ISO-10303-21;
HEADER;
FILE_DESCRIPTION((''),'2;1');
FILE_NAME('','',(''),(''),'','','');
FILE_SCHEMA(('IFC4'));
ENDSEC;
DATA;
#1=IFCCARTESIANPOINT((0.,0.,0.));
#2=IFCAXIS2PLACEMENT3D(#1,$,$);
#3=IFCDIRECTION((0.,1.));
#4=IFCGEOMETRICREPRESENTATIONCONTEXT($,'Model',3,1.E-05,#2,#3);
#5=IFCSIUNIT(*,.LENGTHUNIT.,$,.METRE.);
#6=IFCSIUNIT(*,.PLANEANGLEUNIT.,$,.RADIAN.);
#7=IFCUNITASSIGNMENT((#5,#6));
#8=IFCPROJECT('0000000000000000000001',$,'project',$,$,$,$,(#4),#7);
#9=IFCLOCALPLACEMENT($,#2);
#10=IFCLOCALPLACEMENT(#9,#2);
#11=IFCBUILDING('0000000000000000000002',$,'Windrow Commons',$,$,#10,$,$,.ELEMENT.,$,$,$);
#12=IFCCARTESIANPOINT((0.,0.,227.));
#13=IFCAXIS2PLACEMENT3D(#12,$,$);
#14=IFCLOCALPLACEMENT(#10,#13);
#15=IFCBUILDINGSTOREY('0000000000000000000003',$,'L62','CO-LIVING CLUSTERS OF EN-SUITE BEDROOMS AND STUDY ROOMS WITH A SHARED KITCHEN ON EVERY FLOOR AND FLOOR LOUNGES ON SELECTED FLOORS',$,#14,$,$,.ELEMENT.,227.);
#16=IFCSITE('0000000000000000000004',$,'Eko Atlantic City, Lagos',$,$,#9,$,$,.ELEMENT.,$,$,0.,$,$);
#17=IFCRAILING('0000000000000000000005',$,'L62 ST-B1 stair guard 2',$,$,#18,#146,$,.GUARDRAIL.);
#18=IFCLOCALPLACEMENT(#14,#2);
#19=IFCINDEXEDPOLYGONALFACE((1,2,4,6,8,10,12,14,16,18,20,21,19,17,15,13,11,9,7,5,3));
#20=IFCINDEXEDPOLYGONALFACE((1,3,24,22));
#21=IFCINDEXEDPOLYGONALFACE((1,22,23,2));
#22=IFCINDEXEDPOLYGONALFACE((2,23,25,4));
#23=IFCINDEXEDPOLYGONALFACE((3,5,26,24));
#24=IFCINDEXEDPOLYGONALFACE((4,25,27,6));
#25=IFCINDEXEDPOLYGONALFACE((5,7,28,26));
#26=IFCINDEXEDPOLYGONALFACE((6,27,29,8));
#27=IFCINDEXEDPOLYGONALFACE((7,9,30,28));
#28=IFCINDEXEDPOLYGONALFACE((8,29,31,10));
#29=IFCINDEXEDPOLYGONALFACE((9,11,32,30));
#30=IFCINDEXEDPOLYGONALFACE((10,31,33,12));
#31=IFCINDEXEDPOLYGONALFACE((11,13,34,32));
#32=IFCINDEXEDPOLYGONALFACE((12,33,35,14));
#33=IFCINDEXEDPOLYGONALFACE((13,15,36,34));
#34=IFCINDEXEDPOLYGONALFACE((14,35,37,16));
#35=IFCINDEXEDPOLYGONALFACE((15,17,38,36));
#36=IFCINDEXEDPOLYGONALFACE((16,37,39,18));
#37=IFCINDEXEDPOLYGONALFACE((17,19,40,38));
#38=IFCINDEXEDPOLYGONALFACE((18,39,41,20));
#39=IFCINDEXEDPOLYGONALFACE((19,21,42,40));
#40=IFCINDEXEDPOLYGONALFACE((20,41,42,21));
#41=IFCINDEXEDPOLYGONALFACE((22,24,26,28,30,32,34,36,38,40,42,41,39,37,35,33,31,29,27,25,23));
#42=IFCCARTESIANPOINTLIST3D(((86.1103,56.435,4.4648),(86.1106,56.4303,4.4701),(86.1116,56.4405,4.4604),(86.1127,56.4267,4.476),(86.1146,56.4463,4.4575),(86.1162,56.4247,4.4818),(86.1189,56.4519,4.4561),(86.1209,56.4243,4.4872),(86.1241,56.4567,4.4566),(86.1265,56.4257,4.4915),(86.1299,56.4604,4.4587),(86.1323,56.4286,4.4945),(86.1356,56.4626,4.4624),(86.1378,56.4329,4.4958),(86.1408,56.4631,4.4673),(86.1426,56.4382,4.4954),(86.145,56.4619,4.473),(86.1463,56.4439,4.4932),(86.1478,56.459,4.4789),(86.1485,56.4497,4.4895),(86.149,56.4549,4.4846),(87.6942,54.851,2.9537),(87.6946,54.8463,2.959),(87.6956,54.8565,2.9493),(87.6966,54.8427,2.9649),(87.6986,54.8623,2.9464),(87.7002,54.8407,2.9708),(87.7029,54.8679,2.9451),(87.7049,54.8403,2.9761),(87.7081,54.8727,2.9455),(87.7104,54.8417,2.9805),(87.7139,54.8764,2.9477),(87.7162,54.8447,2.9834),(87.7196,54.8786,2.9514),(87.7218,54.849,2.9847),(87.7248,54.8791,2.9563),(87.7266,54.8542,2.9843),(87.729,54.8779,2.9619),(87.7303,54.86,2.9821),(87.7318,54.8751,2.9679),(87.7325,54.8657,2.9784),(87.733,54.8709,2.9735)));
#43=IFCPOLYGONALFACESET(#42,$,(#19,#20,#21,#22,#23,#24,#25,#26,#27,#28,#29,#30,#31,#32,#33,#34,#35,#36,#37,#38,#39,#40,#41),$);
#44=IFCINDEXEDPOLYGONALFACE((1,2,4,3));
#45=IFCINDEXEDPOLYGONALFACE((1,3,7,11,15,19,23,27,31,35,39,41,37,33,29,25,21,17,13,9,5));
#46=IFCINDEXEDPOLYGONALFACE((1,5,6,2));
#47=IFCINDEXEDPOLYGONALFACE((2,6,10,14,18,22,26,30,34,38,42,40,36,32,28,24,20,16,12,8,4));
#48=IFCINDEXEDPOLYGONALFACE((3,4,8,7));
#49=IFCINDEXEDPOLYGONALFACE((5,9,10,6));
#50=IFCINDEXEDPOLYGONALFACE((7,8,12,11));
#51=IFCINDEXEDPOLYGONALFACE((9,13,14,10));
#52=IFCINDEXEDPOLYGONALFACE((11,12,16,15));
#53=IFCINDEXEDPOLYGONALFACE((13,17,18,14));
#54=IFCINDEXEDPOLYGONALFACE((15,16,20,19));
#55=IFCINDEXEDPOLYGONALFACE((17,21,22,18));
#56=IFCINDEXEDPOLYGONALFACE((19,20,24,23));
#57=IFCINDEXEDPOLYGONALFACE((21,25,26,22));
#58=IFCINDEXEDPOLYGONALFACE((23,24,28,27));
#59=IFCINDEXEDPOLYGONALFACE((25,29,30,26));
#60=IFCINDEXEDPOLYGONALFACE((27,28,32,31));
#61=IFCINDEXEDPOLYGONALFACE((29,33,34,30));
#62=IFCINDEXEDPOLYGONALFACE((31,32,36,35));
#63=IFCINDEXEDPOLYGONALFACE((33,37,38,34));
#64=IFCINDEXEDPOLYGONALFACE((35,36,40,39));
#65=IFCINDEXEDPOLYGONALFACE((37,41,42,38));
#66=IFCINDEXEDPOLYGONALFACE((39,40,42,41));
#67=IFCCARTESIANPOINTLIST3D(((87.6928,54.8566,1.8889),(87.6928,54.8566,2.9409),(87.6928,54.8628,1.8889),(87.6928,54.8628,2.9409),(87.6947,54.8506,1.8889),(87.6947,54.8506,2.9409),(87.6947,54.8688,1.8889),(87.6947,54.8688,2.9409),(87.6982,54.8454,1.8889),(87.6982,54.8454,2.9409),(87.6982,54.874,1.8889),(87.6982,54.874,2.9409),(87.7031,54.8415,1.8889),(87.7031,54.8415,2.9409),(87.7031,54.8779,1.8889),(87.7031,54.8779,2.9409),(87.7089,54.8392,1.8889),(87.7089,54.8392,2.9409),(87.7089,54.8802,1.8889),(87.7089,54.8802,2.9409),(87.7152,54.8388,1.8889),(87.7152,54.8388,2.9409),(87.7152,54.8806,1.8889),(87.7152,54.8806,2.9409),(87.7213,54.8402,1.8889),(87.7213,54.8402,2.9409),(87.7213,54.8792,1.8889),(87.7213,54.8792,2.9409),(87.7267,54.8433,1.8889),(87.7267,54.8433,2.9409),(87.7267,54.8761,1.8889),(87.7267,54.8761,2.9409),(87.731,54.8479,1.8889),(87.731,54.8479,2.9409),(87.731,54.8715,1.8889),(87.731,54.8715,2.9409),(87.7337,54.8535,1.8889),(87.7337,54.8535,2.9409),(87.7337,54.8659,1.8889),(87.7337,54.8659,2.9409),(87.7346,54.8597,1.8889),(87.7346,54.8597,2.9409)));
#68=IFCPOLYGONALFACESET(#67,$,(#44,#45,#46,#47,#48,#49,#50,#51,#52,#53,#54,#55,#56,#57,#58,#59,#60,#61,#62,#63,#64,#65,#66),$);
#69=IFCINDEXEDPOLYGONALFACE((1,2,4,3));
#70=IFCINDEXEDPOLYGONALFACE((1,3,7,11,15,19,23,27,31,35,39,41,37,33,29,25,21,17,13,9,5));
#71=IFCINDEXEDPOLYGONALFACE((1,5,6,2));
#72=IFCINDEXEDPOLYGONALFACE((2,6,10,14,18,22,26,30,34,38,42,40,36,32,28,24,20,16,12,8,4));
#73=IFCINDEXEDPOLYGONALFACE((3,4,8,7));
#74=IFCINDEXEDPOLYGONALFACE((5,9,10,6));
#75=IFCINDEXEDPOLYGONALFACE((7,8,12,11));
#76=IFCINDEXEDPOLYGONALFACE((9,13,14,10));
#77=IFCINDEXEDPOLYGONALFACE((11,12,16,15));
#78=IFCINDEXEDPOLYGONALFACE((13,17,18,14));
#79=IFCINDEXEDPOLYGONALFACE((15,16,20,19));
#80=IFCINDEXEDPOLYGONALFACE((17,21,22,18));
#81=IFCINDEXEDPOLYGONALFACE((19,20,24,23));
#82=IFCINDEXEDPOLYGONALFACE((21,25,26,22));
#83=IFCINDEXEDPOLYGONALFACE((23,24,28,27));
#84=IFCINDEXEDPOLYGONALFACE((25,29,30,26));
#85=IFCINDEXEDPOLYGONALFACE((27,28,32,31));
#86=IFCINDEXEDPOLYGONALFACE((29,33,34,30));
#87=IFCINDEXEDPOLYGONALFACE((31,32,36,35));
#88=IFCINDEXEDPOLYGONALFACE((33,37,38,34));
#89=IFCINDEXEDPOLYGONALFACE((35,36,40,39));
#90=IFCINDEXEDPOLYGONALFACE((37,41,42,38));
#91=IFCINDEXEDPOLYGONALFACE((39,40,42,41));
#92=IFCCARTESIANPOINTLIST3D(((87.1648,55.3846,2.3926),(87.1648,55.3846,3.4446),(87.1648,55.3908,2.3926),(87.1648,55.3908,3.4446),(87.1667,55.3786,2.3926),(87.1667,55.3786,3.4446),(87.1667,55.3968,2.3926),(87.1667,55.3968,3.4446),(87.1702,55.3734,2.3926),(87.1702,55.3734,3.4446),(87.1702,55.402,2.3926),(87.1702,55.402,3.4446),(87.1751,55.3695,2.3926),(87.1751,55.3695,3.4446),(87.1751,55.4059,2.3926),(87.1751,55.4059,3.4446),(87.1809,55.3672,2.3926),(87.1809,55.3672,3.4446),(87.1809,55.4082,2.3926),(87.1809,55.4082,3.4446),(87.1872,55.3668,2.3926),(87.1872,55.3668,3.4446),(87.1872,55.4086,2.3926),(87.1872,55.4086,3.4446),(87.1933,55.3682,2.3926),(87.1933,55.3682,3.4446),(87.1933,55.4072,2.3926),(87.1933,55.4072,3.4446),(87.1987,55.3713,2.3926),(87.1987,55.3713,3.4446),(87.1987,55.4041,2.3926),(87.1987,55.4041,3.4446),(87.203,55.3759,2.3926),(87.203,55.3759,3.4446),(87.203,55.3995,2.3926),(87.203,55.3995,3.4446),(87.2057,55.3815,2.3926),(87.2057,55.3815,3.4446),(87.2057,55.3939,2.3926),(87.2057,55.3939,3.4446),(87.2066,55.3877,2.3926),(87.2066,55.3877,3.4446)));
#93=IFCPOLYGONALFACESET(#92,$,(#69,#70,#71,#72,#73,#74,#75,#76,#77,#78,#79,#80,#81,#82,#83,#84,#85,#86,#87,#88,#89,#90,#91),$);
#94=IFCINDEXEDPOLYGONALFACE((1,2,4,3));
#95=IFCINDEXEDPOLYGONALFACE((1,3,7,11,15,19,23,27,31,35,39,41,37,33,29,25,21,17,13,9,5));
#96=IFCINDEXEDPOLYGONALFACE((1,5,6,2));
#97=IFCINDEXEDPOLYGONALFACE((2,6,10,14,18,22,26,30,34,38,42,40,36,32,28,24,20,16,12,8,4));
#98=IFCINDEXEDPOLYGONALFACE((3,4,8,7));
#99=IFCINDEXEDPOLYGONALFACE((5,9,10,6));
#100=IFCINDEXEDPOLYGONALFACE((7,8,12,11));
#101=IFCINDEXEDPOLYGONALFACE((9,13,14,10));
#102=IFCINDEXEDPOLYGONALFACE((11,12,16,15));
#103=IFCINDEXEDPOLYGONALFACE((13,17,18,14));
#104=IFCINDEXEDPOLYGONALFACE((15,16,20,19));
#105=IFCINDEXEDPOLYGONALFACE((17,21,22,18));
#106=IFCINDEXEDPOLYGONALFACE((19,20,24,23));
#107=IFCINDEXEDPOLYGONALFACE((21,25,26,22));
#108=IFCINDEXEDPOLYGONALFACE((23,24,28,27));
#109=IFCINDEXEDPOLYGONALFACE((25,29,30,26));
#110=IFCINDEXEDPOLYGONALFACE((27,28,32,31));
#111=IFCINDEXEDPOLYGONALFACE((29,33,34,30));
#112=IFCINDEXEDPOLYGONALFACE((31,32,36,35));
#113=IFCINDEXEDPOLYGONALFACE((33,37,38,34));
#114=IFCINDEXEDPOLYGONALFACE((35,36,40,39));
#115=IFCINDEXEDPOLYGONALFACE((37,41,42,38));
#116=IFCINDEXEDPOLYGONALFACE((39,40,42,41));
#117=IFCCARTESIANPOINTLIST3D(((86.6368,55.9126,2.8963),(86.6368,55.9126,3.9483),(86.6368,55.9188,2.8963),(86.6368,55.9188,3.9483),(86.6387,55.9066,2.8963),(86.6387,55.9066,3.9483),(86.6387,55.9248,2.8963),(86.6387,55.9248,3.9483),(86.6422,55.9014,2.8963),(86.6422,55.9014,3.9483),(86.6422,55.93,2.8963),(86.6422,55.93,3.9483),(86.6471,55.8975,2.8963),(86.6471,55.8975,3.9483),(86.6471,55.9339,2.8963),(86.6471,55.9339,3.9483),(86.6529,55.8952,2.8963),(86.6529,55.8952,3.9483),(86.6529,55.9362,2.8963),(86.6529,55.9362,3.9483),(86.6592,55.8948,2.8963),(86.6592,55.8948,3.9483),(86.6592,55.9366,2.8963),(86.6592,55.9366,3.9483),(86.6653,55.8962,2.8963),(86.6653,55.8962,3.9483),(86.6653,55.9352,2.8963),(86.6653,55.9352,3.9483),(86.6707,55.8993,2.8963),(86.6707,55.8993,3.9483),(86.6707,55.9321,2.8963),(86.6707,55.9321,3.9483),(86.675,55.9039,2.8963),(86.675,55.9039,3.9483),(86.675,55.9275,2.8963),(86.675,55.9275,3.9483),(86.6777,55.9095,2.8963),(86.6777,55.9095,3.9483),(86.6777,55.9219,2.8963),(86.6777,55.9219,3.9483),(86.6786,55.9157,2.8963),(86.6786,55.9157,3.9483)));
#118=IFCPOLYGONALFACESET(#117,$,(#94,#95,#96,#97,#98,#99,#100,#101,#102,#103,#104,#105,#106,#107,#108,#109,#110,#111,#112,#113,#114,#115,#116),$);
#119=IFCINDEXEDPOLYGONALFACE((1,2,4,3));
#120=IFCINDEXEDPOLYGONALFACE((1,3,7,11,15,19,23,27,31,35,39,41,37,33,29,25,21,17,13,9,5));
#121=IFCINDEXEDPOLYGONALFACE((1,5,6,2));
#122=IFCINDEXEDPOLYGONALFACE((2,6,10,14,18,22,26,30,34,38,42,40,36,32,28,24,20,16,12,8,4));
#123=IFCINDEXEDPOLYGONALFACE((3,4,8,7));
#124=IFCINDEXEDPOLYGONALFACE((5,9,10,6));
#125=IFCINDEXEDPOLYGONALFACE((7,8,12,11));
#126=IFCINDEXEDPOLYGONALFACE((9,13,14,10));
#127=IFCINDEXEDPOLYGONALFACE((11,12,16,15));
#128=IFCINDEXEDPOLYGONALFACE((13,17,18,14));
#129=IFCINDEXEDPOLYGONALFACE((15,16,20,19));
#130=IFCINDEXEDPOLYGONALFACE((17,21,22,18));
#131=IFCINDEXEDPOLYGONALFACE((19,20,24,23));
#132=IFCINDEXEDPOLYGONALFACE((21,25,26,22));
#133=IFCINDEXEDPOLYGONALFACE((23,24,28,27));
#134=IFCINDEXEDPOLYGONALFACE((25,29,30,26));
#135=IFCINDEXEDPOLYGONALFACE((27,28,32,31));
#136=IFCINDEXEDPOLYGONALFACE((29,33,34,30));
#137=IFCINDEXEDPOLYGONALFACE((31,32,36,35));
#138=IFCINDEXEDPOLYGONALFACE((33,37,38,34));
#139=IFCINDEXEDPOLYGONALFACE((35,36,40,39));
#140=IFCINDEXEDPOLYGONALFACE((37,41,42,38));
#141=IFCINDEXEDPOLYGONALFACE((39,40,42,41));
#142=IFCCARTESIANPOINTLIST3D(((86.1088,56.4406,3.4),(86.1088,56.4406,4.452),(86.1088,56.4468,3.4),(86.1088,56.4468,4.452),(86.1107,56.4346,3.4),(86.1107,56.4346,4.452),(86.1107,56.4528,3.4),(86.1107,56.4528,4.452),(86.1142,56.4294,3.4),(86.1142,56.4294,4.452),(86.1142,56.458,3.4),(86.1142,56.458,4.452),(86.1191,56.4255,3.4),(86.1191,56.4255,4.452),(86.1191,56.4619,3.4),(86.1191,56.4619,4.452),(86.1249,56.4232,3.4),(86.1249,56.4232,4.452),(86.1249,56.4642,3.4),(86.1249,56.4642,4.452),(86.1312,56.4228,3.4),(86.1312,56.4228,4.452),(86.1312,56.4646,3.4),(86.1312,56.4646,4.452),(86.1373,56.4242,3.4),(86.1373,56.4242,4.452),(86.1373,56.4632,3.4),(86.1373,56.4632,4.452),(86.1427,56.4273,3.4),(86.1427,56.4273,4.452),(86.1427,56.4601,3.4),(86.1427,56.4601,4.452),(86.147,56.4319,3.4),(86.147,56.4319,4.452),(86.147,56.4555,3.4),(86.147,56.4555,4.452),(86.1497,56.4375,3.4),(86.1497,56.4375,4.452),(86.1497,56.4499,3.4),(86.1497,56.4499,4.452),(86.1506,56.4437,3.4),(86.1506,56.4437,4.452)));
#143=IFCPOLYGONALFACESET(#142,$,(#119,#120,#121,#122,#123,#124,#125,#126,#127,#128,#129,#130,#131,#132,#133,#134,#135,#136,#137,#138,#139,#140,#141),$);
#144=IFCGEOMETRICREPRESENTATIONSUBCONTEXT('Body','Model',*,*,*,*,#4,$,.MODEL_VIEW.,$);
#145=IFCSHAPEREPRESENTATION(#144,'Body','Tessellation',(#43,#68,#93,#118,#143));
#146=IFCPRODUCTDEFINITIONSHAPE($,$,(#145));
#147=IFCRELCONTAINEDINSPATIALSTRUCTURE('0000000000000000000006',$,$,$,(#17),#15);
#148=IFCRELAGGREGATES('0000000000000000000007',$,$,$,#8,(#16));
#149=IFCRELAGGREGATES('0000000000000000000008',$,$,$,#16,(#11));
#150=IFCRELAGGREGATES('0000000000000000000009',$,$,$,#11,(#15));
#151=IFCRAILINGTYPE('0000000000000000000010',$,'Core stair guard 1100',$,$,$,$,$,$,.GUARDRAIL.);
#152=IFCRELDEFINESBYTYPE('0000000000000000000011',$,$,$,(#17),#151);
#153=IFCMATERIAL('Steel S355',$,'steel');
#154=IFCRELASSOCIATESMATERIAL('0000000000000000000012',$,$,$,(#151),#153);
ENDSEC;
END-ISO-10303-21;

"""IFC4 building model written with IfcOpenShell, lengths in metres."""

from ifc_helpers import new_model, si_unit, direction, frame, origin, origin_2d, place, context, subcontext, project, spatial, circle, extrude, material, type_object, element, save


model = new_model("IFC4")

# Units and contexts
model_context = context("Model", 3, precision=1e-05, world=origin(), true_north=direction((0.0, 1.0)))
body_context = subcontext(model_context, "Body", "Model", "MODEL_VIEW")
ifc_project = project(units=[si_unit("LENGTHUNIT", "METRE"), si_unit("PLANEANGLEUNIT", "RADIAN")], contexts=[model_context])

# Site, building, storey
site_placement = place(None, origin())
site = spatial("IfcSite", under=ifc_project, at=site_placement, Name="Eko Atlantic City, Lagos", CompositionType="ELEMENT", RefElevation=0.0)
building_placement = place(site_placement, origin())
building = spatial("IfcBuilding", under=site, at=building_placement, Name="Windrow Commons", CompositionType="ELEMENT")
storey_placement = place(building_placement, frame((0.0, 0.0, 227.0)))
storey = spatial("IfcBuildingStorey", under=building, at=storey_placement, Name="L62", Description="CO-LIVING CLUSTERS OF EN-SUITE BEDROOMS AND STUDY ROOMS WITH A SHARED KITCHEN ON EVERY FLOOR AND FLOOR LOUNGES ON SELECTED FLOORS", CompositionType="ELEMENT", Elevation=227.0)

# Railing
ifc_material_1 = material(Name="Steel S355", Category="steel")
railing_type_1 = type_object("IfcRailingType", Name="Core stair guard 1100", PredefinedType="GUARDRAIL", material=ifc_material_1)
railing_1_placement = place(storey_placement, frame((87.7136, 54.8597, 1.8889)))
element("IfcRailing", 1, at=railing_1_placement, inside=storey, type_object=railing_type_1, Name="L62 ST-B1 stair guard 2", PredefinedType="GUARDRAIL", context=body_context, shape_type="SweptSolid", body=[
    extrude(circle(Radius=0.024, at=origin_2d()), frame((0.0, 0.0, 1.076), z_axis=(-0.586203, 0.586203, 0.559224), x_axis=(-0.707107, -0.707107, 0.0)), (0.0, 0.0, 1.0), 2.7021),
    extrude(circle(Radius=0.021, at=origin_2d()), origin(), (0.0, 0.0, 1.0), 1.052),
    extrude(circle(Radius=0.021, at=origin_2d()), frame((-0.528, 0.528, 0.5037)), (0.0, 0.0, 1.0), 1.052),
    extrude(circle(Radius=0.021, at=origin_2d()), frame((-1.056, 1.056, 1.0074)), (0.0, 0.0, 1.0), 1.052),
    extrude(circle(Radius=0.021, at=origin_2d()), frame((-1.584, 1.584, 1.5111)), (0.0, 0.0, 1.0), 1.052),
])

save(model, "model.ifc")
